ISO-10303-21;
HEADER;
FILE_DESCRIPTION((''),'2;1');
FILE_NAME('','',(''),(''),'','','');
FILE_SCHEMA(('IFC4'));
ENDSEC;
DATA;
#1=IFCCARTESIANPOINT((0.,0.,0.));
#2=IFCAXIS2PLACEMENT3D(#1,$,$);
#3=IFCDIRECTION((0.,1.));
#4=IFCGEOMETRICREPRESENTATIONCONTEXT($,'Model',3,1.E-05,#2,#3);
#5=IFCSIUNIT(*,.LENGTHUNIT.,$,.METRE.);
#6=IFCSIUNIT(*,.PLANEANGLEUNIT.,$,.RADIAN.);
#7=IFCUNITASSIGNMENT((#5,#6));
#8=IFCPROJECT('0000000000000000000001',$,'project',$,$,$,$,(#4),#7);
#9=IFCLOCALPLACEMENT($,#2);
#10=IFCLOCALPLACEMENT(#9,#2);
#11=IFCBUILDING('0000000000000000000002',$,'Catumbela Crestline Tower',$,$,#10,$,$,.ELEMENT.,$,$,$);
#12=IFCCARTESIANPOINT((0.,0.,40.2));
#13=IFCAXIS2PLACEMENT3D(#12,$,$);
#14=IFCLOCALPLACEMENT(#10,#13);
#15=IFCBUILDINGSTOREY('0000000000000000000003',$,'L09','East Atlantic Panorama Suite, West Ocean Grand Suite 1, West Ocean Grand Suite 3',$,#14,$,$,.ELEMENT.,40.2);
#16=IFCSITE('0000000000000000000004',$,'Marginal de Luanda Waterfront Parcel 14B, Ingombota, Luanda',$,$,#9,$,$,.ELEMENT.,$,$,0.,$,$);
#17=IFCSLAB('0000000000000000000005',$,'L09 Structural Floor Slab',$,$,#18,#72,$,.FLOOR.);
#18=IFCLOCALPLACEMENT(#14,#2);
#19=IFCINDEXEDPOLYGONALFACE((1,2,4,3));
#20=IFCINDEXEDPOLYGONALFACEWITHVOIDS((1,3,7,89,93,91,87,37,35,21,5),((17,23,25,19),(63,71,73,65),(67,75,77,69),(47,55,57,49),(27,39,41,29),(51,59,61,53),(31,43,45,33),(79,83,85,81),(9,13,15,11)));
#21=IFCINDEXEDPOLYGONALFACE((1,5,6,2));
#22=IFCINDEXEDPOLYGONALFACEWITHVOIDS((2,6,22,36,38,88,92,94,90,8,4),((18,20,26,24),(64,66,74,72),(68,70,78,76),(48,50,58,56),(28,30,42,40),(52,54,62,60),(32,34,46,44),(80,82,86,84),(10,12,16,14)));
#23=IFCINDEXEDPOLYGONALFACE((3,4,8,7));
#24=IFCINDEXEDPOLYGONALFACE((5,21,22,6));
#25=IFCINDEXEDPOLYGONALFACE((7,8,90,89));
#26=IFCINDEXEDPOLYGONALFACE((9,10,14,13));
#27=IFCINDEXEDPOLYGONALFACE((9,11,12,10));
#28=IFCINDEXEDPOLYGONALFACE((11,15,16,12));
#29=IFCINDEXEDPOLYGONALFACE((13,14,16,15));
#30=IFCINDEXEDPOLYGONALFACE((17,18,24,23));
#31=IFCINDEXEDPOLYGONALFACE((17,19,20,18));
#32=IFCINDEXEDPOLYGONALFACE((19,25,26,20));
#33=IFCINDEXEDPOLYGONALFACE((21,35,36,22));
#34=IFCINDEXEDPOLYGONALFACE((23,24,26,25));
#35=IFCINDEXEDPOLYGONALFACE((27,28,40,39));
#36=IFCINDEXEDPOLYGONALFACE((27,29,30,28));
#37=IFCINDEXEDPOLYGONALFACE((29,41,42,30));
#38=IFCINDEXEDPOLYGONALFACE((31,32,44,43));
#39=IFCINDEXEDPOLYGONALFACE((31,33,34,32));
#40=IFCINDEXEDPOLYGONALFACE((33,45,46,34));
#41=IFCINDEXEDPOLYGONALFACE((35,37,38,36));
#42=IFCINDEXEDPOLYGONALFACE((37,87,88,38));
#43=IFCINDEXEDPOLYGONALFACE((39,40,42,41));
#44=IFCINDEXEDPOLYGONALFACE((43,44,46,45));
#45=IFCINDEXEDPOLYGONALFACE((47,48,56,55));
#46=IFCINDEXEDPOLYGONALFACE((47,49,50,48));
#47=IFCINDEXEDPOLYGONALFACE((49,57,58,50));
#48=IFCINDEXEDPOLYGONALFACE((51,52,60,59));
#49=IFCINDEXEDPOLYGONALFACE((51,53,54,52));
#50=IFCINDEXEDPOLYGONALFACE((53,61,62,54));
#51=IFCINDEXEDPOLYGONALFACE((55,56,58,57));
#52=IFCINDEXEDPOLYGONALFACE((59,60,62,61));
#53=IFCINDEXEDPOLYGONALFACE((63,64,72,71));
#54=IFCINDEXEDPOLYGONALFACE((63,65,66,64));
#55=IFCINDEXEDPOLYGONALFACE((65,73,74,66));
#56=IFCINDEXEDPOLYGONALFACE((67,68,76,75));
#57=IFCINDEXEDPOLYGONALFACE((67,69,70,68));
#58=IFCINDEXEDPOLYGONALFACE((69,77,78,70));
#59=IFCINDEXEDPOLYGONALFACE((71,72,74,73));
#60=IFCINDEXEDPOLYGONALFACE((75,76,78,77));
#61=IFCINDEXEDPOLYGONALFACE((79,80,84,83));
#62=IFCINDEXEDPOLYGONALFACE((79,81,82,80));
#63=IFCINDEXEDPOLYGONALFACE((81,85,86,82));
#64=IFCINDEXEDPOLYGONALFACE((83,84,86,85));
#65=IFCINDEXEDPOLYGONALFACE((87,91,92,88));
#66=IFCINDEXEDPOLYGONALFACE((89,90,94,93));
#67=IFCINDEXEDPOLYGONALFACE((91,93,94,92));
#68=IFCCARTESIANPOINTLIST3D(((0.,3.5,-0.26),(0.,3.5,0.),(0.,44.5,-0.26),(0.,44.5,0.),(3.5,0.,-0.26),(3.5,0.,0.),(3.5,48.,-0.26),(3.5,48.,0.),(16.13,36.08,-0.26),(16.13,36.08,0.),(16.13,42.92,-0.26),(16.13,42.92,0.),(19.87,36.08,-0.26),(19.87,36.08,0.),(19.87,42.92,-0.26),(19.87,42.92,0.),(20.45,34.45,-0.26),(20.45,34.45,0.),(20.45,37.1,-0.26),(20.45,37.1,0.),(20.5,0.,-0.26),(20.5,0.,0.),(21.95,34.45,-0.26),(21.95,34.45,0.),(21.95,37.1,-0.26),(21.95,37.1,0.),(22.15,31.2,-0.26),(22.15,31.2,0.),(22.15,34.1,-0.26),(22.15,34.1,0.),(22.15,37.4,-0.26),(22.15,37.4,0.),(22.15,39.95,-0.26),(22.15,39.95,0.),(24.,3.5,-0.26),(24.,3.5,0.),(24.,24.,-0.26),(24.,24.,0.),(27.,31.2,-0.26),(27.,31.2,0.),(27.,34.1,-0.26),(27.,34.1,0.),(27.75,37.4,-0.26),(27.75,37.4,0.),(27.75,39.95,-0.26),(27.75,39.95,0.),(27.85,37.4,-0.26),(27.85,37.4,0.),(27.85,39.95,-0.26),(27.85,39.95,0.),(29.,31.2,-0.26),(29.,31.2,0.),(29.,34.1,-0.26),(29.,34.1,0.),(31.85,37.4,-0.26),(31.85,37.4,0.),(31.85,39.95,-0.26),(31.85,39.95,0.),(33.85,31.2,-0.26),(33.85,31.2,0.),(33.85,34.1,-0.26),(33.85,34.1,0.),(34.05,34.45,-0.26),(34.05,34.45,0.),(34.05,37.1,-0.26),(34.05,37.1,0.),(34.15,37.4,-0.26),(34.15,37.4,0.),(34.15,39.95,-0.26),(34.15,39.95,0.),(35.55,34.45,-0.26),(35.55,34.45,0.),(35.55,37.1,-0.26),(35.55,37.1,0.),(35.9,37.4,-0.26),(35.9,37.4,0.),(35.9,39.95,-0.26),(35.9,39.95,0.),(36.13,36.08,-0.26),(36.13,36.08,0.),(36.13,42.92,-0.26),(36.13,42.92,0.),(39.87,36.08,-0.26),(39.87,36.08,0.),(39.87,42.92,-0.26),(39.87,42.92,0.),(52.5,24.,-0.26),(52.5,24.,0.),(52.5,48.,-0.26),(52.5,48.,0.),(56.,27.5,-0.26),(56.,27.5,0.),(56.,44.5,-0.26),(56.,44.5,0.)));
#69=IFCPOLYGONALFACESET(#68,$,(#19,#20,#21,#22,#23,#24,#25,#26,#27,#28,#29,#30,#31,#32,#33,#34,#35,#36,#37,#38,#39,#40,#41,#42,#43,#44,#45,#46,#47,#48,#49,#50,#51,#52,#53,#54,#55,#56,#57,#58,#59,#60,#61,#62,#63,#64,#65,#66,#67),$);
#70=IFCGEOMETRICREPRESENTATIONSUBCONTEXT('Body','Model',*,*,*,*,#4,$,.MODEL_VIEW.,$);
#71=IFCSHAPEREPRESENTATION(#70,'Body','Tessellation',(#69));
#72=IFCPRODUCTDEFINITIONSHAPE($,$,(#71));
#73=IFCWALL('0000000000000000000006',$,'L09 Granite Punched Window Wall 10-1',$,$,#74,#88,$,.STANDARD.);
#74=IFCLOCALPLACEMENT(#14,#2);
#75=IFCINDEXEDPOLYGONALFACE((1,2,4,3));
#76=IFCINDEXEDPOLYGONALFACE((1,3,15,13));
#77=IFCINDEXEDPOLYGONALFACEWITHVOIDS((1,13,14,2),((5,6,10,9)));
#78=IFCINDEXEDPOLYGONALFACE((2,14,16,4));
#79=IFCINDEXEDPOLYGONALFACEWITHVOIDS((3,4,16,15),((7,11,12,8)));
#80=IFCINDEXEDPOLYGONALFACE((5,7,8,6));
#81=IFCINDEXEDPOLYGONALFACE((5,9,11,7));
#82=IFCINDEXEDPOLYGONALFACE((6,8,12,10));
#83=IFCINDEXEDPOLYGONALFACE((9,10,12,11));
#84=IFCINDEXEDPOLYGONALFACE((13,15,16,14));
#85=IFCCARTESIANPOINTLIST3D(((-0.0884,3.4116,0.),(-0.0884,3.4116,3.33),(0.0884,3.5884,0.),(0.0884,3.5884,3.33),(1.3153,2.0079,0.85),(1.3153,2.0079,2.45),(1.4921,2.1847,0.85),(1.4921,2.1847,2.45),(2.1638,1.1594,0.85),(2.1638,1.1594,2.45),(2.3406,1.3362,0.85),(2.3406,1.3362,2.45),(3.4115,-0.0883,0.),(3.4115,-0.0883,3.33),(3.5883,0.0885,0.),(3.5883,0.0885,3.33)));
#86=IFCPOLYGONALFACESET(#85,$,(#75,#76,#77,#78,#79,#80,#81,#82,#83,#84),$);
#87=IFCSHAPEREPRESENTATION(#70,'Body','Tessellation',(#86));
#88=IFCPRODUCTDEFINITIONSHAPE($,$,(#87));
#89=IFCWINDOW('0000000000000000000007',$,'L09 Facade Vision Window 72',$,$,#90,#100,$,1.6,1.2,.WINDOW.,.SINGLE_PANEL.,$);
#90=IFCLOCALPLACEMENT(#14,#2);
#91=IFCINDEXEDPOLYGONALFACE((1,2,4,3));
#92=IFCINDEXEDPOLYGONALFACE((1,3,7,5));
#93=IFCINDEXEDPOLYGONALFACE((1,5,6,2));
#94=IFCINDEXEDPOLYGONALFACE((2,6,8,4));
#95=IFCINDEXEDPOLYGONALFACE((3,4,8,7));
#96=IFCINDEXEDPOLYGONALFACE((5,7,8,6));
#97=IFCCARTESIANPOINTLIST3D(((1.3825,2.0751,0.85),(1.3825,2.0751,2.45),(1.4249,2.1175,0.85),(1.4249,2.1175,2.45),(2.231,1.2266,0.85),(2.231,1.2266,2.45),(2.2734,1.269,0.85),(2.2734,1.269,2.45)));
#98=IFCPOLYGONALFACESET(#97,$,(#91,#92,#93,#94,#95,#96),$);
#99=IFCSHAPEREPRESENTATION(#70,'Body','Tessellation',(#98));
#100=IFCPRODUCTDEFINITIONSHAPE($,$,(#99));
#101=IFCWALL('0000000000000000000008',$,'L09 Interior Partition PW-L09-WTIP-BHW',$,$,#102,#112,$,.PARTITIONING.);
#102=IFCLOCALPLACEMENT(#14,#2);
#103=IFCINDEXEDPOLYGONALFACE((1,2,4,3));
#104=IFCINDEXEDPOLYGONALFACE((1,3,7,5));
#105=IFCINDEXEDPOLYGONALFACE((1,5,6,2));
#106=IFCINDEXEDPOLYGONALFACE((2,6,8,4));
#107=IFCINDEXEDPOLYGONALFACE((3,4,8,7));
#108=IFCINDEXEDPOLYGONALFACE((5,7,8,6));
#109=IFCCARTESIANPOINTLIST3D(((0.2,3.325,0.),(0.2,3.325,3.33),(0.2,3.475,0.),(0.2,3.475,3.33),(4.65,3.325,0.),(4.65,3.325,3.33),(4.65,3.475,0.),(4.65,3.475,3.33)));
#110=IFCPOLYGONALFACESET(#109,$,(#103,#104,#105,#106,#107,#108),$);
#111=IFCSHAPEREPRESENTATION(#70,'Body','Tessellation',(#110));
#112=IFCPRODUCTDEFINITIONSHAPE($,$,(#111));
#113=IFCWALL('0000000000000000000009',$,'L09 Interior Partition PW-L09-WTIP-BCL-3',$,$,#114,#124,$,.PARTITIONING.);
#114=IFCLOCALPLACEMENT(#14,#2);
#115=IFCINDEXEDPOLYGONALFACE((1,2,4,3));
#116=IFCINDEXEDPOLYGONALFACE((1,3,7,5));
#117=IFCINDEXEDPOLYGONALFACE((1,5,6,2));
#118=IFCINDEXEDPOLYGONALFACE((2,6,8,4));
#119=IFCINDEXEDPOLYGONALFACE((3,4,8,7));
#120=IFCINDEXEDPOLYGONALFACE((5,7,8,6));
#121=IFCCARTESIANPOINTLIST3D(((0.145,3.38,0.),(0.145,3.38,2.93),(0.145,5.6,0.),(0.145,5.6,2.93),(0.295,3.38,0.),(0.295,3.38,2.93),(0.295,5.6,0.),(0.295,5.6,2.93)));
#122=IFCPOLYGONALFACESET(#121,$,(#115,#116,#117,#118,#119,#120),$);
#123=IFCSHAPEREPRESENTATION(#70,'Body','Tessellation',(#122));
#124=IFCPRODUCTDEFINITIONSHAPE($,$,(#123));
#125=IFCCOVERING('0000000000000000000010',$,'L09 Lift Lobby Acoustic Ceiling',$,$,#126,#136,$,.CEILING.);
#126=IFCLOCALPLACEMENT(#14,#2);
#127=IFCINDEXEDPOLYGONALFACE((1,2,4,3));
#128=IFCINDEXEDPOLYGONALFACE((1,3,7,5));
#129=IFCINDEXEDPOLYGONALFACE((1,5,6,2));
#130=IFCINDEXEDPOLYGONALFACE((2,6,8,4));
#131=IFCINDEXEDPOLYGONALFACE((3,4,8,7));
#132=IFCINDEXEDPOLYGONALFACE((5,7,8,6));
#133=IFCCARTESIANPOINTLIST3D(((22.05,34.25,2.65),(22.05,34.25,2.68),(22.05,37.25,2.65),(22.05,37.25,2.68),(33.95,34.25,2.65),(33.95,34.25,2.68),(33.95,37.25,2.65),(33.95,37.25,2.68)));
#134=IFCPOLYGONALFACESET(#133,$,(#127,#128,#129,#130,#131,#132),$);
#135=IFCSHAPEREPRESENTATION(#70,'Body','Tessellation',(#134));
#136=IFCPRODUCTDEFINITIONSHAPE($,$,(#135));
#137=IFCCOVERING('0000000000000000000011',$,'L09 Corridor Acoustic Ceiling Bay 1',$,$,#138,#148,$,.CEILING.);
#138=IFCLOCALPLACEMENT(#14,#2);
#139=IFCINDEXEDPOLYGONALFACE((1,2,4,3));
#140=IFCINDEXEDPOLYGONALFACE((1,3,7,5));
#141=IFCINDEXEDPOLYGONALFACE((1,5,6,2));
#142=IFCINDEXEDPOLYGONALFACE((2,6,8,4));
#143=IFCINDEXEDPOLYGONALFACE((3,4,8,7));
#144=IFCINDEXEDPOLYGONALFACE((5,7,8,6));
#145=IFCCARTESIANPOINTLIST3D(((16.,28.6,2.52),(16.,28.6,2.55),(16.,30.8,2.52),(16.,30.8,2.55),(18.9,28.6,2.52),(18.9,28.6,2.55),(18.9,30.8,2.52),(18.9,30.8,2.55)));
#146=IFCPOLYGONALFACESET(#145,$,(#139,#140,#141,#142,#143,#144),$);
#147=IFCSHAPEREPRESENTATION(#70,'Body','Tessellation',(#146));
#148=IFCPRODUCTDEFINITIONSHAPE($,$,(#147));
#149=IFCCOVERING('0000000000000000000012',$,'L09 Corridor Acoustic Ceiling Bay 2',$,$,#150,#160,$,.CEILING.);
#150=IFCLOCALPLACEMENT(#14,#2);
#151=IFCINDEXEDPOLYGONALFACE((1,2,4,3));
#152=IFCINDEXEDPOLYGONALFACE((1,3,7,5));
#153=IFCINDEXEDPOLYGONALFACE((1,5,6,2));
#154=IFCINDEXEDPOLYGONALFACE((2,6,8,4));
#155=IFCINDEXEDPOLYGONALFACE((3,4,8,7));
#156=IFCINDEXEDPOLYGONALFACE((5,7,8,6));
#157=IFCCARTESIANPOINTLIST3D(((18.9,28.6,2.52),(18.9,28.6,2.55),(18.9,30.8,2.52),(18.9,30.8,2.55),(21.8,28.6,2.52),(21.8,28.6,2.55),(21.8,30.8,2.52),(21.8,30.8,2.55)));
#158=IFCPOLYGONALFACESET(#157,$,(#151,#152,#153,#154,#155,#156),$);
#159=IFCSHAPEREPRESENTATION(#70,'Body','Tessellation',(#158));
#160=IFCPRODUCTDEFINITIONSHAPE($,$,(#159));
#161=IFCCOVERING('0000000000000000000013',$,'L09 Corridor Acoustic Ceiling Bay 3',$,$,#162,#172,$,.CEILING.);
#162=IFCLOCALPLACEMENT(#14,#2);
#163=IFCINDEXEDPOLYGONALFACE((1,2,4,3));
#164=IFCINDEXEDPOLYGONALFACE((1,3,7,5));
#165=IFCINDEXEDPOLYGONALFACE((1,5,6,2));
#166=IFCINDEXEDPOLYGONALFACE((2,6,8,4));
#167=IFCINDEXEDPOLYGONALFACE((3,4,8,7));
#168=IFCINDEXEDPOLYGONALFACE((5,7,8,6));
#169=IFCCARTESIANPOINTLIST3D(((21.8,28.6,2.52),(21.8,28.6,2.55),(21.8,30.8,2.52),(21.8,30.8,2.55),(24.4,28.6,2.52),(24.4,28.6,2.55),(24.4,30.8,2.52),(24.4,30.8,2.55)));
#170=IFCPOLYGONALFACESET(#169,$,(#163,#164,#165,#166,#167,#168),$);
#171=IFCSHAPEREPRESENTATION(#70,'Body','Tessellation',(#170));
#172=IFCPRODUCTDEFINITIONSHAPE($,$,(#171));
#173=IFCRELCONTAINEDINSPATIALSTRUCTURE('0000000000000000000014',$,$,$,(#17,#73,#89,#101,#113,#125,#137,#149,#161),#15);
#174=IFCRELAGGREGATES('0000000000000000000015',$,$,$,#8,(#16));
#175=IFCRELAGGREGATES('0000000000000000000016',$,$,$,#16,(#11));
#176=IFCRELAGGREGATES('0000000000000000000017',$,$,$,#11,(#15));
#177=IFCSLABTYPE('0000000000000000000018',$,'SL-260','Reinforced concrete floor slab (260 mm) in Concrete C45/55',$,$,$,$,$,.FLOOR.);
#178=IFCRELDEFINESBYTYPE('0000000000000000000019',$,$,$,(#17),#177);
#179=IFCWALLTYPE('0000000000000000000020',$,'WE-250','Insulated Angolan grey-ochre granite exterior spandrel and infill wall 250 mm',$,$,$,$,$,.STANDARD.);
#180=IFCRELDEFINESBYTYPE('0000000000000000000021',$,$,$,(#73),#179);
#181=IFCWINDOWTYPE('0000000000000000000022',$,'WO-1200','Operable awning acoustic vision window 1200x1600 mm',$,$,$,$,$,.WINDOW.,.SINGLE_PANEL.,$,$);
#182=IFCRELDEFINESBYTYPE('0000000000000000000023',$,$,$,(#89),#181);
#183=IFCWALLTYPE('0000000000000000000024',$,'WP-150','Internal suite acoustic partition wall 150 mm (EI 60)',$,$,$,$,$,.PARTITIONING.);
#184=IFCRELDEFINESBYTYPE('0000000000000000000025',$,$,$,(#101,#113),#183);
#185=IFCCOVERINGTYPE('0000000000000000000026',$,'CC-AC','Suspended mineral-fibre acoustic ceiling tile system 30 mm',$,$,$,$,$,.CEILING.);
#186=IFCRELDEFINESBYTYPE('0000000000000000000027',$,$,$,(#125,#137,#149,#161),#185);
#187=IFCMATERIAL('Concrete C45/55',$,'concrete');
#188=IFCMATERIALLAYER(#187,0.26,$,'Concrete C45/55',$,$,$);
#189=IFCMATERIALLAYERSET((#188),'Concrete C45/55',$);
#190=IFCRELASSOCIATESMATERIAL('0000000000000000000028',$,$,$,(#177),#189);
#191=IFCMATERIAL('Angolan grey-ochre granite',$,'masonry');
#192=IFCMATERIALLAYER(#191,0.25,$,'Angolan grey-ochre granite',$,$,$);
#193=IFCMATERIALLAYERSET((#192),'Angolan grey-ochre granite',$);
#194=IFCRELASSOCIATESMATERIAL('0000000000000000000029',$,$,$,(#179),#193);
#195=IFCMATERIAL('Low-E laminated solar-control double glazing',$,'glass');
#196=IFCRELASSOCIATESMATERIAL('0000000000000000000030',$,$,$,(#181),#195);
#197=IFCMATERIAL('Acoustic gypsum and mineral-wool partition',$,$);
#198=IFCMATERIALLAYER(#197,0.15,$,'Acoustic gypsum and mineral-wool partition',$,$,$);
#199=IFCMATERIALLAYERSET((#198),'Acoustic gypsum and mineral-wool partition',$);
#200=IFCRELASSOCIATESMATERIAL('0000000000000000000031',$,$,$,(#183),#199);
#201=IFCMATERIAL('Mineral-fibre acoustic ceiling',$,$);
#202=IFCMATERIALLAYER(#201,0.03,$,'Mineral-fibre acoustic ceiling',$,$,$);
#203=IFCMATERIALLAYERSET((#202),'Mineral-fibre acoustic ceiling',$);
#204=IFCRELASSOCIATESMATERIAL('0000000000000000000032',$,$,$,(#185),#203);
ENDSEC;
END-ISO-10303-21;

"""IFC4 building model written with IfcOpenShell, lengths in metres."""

from ifc_helpers import new_model, si_unit, direction, frame, frame_2d, origin, place, context, subcontext, project, spatial, polyline, rectangle, outline, extrude, material, layer, layer_set, type_object, element, fill, save


model = new_model("IFC4")

# Units and contexts
model_context = context("Model", 3, precision=1e-05, world=origin(), true_north=direction((0.0, 1.0)))
body_context = subcontext(model_context, "Body", "Model", "MODEL_VIEW")
ifc_project = project(units=[si_unit("LENGTHUNIT", "METRE"), si_unit("PLANEANGLEUNIT", "RADIAN")], contexts=[model_context])

# Site, building, storey
site_placement = place(None, origin())
site = spatial("IfcSite", under=ifc_project, at=site_placement, Name="Marginal de Luanda Waterfront Parcel 14B, Ingombota, Luanda", CompositionType="ELEMENT", RefElevation=0.0)
building_placement = place(site_placement, origin())
building = spatial("IfcBuilding", under=site, at=building_placement, Name="Catumbela Crestline Tower", CompositionType="ELEMENT")
storey_placement = place(building_placement, frame((0.0, 0.0, 40.2)))
storey = spatial("IfcBuildingStorey", under=building, at=storey_placement, Name="L09", Description="East Atlantic Panorama Suite, West Ocean Grand Suite 1, West Ocean Grand Suite 3", CompositionType="ELEMENT", Elevation=40.2)

# Shared definitions
ifc_material_1 = material(Name="Concrete C45/55", Category="concrete")

# Slab
ifc_layer_1 = layer(ifc_material_1, 0.26, Name="Concrete C45/55")
ifc_layer_set_1 = layer_set([ifc_layer_1], Name="Concrete C45/55")
slab_type_1 = type_object("IfcSlabType", Name="SL-260", Description="Reinforced concrete floor slab (260 mm) in Concrete C45/55", PredefinedType="FLOOR", material=ifc_layer_set_1)
slab_1_placement = place(storey_placement, frame((0.0, 0.0, -0.26)))
element("IfcSlab", 1, at=slab_1_placement, inside=storey, type_object=slab_type_1, Name="L09 Structural Floor Slab", PredefinedType="FLOOR", context=body_context, shape_type="SweptSolid", body=[
    extrude(outline(polyline([(3.5, 0.0), (20.5, 0.0), (24.0, 3.5), (24.0, 24.0), (52.5, 24.0), (56.0, 27.5), (56.0, 44.5), (52.5, 48.0), (3.5, 48.0), (0.0, 44.5), (0.0, 3.5), (3.5, 0.0)]), holes=[polyline([(16.13, 36.08), (19.87, 36.08), (19.87, 42.92), (16.13, 42.92), (16.13, 36.08)]), polyline([(36.13, 36.08), (39.87, 36.08), (39.87, 42.92), (36.13, 42.92), (36.13, 36.08)]), polyline([(22.15, 31.2), (27.0, 31.2), (27.0, 34.1), (22.15, 34.1), (22.15, 31.2)]), polyline([(29.0, 31.2), (33.85, 31.2), (33.85, 34.1), (29.0, 34.1), (29.0, 31.2)]), polyline([(22.15, 37.4), (27.75, 37.4), (27.75, 39.95), (22.15, 39.95), (22.15, 37.4)]), polyline([(27.85, 37.4), (31.85, 37.4), (31.85, 39.95), (27.85, 39.95), (27.85, 37.4)]), polyline([(20.45, 34.45), (21.95, 34.45), (21.95, 37.1), (20.45, 37.1), (20.45, 34.45)]), polyline([(34.05, 34.45), (35.55, 34.45), (35.55, 37.1), (34.05, 37.1), (34.05, 34.45)]), polyline([(34.15, 37.4), (35.9, 37.4), (35.9, 39.95), (34.15, 39.95), (34.15, 37.4)])]), origin(), (0.0, 0.0, 1.0), 0.26),
])

# Wall, opening, window
ifc_material_2 = material(Name="Angolan grey-ochre granite", Category="masonry")
ifc_layer_2 = layer(ifc_material_2, 0.25, Name="Angolan grey-ochre granite")
ifc_layer_set_2 = layer_set([ifc_layer_2], Name="Angolan grey-ochre granite")
wall_type_1 = type_object("IfcWallType", Name="WE-250", Description="Insulated Angolan grey-ochre granite exterior spandrel and infill wall 250 mm", PredefinedType="STANDARD", material=ifc_layer_set_2)
wall_1_placement = place(storey_placement, frame((0.0, 3.5, 0.0), z_axis=(0.0, 0.0, 1.0), x_axis=(0.707107, -0.707107, 0.0)))
wall_1 = element("IfcWall", 2, at=wall_1_placement, inside=storey, type_object=wall_type_1, Name="L09 Granite Punched Window Wall 10-1", PredefinedType="STANDARD", context=body_context, shape_type="SweptSolid", body=[
    extrude(rectangle(XDim=4.9497, YDim=0.25, at=frame_2d((2.4748, 0.0))), origin(), (0.0, 0.0, 1.0), 3.33),
])
opening_placement = place(wall_1_placement, frame((1.9851, 0.0, 0.85)))
opening = element("IfcOpeningElement", 3, at=opening_placement, cuts=wall_1, PredefinedType="OPENING", context=body_context, shape_type="SweptSolid", body=[
    extrude(rectangle(XDim=1.2, YDim=1.6, at=frame_2d((0.6, 0.8))), frame((0.0, 0.135, 0.0), z_axis=(0.0, -1.0, 0.0), x_axis=(1.0, 0.0, 0.0)), (0.0, 0.0, 1.0), 0.27),
])
ifc_material_3 = material(Name="Low-E laminated solar-control double glazing", Category="glass")
window_type = type_object("IfcWindowType", Name="WO-1200", Description="Operable awning acoustic vision window 1200x1600 mm", PartitioningType="SINGLE_PANEL", PredefinedType="WINDOW", material=ifc_material_3)
window_placement = place(opening_placement, origin())
window = element("IfcWindow", 4, at=window_placement, inside=storey, type_object=window_type, Name="L09 Facade Vision Window 72", OverallHeight=1.6, OverallWidth=1.2, PartitioningType="SINGLE_PANEL", PredefinedType="WINDOW", context=body_context, shape_type="SweptSolid", body=[
    extrude(rectangle(XDim=1.2, YDim=1.6, at=frame_2d((0.6, 0.8))), frame((0.0, 0.03, 0.0), z_axis=(0.0, -1.0, 0.0), x_axis=(1.0, 0.0, 0.0)), (0.0, 0.0, 1.0), 0.06),
])
fill(opening, window)

# Walls
ifc_material_4 = material(Name="Acoustic gypsum and mineral-wool partition")
ifc_layer_3 = layer(ifc_material_4, 0.15, Name="Acoustic gypsum and mineral-wool partition")
ifc_layer_set_3 = layer_set([ifc_layer_3], Name="Acoustic gypsum and mineral-wool partition")
wall_type_2 = type_object("IfcWallType", Name="WP-150", Description="Internal suite acoustic partition wall 150 mm (EI 60)", PredefinedType="PARTITIONING", material=ifc_layer_set_3)
wall_2_placement = place(storey_placement, frame((0.2, 3.4, 0.0), z_axis=(0.0, 0.0, 1.0), x_axis=(1.0, 0.0, 0.0)))
element("IfcWall", 5, at=wall_2_placement, inside=storey, type_object=wall_type_2, Name="L09 Interior Partition PW-L09-WTIP-BHW", PredefinedType="PARTITIONING", context=body_context, shape_type="SweptSolid", body=[
    extrude(rectangle(XDim=4.45, YDim=0.15, at=frame_2d((2.225, 0.0))), origin(), (0.0, 0.0, 1.0), 3.33),
])
wall_3_placement = place(storey_placement, frame((0.22, 3.38, 0.0), z_axis=(0.0, 0.0, 1.0), x_axis=(0.0, 1.0, 0.0)))
element("IfcWall", 6, at=wall_3_placement, inside=storey, type_object=wall_type_2, Name="L09 Interior Partition PW-L09-WTIP-BCL-3", PredefinedType="PARTITIONING", context=body_context, shape_type="SweptSolid", body=[
    extrude(rectangle(XDim=2.22, YDim=0.15, at=frame_2d((1.11, 0.0))), origin(), (0.0, 0.0, 1.0), 2.93),
])

# Coverings
ifc_material_5 = material(Name="Mineral-fibre acoustic ceiling")
ifc_layer_4 = layer(ifc_material_5, 0.03, Name="Mineral-fibre acoustic ceiling")
ifc_layer_set_4 = layer_set([ifc_layer_4], Name="Mineral-fibre acoustic ceiling")
covering_type_1 = type_object("IfcCoveringType", Name="CC-AC", Description="Suspended mineral-fibre acoustic ceiling tile system 30 mm", PredefinedType="CEILING", material=ifc_layer_set_4)
covering_1_placement = place(storey_placement, frame((0.0, 0.0, 2.65)))
element("IfcCovering", 7, at=covering_1_placement, inside=storey, type_object=covering_type_1, Name="L09 Lift Lobby Acoustic Ceiling", PredefinedType="CEILING", context=body_context, shape_type="SweptSolid", body=[
    extrude(outline(polyline([(22.05, 34.25), (33.95, 34.25), (33.95, 37.25), (22.05, 37.25), (22.05, 34.25)])), origin(), (0.0, 0.0, 1.0), 0.03),
])
covering_2_placement = place(storey_placement, frame((0.0, 0.0, 2.52)))
element("IfcCovering", 8, at=covering_2_placement, inside=storey, type_object=covering_type_1, Name="L09 Corridor Acoustic Ceiling Bay 1", PredefinedType="CEILING", context=body_context, shape_type="SweptSolid", body=[
    extrude(outline(polyline([(16.0, 28.6), (18.9, 28.6), (18.9, 30.8), (16.0, 30.8), (16.0, 28.6)])), origin(), (0.0, 0.0, 1.0), 0.03),
])
covering_3_placement = place(storey_placement, frame((0.0, 0.0, 2.52)))
element("IfcCovering", 9, at=covering_3_placement, inside=storey, type_object=covering_type_1, Name="L09 Corridor Acoustic Ceiling Bay 2", PredefinedType="CEILING", context=body_context, shape_type="SweptSolid", body=[
    extrude(outline(polyline([(18.9, 28.6), (21.8, 28.6), (21.8, 30.8), (18.9, 30.8), (18.9, 28.6)])), origin(), (0.0, 0.0, 1.0), 0.03),
])
covering_4_placement = place(storey_placement, frame((0.0, 0.0, 2.52)))
element("IfcCovering", 10, at=covering_4_placement, inside=storey, type_object=covering_type_1, Name="L09 Corridor Acoustic Ceiling Bay 3", PredefinedType="CEILING", context=body_context, shape_type="SweptSolid", body=[
    extrude(outline(polyline([(21.8, 28.6), (24.4, 28.6), (24.4, 30.8), (21.8, 30.8), (21.8, 28.6)])), origin(), (0.0, 0.0, 1.0), 0.03),
])

save(model, "model.ifc")
